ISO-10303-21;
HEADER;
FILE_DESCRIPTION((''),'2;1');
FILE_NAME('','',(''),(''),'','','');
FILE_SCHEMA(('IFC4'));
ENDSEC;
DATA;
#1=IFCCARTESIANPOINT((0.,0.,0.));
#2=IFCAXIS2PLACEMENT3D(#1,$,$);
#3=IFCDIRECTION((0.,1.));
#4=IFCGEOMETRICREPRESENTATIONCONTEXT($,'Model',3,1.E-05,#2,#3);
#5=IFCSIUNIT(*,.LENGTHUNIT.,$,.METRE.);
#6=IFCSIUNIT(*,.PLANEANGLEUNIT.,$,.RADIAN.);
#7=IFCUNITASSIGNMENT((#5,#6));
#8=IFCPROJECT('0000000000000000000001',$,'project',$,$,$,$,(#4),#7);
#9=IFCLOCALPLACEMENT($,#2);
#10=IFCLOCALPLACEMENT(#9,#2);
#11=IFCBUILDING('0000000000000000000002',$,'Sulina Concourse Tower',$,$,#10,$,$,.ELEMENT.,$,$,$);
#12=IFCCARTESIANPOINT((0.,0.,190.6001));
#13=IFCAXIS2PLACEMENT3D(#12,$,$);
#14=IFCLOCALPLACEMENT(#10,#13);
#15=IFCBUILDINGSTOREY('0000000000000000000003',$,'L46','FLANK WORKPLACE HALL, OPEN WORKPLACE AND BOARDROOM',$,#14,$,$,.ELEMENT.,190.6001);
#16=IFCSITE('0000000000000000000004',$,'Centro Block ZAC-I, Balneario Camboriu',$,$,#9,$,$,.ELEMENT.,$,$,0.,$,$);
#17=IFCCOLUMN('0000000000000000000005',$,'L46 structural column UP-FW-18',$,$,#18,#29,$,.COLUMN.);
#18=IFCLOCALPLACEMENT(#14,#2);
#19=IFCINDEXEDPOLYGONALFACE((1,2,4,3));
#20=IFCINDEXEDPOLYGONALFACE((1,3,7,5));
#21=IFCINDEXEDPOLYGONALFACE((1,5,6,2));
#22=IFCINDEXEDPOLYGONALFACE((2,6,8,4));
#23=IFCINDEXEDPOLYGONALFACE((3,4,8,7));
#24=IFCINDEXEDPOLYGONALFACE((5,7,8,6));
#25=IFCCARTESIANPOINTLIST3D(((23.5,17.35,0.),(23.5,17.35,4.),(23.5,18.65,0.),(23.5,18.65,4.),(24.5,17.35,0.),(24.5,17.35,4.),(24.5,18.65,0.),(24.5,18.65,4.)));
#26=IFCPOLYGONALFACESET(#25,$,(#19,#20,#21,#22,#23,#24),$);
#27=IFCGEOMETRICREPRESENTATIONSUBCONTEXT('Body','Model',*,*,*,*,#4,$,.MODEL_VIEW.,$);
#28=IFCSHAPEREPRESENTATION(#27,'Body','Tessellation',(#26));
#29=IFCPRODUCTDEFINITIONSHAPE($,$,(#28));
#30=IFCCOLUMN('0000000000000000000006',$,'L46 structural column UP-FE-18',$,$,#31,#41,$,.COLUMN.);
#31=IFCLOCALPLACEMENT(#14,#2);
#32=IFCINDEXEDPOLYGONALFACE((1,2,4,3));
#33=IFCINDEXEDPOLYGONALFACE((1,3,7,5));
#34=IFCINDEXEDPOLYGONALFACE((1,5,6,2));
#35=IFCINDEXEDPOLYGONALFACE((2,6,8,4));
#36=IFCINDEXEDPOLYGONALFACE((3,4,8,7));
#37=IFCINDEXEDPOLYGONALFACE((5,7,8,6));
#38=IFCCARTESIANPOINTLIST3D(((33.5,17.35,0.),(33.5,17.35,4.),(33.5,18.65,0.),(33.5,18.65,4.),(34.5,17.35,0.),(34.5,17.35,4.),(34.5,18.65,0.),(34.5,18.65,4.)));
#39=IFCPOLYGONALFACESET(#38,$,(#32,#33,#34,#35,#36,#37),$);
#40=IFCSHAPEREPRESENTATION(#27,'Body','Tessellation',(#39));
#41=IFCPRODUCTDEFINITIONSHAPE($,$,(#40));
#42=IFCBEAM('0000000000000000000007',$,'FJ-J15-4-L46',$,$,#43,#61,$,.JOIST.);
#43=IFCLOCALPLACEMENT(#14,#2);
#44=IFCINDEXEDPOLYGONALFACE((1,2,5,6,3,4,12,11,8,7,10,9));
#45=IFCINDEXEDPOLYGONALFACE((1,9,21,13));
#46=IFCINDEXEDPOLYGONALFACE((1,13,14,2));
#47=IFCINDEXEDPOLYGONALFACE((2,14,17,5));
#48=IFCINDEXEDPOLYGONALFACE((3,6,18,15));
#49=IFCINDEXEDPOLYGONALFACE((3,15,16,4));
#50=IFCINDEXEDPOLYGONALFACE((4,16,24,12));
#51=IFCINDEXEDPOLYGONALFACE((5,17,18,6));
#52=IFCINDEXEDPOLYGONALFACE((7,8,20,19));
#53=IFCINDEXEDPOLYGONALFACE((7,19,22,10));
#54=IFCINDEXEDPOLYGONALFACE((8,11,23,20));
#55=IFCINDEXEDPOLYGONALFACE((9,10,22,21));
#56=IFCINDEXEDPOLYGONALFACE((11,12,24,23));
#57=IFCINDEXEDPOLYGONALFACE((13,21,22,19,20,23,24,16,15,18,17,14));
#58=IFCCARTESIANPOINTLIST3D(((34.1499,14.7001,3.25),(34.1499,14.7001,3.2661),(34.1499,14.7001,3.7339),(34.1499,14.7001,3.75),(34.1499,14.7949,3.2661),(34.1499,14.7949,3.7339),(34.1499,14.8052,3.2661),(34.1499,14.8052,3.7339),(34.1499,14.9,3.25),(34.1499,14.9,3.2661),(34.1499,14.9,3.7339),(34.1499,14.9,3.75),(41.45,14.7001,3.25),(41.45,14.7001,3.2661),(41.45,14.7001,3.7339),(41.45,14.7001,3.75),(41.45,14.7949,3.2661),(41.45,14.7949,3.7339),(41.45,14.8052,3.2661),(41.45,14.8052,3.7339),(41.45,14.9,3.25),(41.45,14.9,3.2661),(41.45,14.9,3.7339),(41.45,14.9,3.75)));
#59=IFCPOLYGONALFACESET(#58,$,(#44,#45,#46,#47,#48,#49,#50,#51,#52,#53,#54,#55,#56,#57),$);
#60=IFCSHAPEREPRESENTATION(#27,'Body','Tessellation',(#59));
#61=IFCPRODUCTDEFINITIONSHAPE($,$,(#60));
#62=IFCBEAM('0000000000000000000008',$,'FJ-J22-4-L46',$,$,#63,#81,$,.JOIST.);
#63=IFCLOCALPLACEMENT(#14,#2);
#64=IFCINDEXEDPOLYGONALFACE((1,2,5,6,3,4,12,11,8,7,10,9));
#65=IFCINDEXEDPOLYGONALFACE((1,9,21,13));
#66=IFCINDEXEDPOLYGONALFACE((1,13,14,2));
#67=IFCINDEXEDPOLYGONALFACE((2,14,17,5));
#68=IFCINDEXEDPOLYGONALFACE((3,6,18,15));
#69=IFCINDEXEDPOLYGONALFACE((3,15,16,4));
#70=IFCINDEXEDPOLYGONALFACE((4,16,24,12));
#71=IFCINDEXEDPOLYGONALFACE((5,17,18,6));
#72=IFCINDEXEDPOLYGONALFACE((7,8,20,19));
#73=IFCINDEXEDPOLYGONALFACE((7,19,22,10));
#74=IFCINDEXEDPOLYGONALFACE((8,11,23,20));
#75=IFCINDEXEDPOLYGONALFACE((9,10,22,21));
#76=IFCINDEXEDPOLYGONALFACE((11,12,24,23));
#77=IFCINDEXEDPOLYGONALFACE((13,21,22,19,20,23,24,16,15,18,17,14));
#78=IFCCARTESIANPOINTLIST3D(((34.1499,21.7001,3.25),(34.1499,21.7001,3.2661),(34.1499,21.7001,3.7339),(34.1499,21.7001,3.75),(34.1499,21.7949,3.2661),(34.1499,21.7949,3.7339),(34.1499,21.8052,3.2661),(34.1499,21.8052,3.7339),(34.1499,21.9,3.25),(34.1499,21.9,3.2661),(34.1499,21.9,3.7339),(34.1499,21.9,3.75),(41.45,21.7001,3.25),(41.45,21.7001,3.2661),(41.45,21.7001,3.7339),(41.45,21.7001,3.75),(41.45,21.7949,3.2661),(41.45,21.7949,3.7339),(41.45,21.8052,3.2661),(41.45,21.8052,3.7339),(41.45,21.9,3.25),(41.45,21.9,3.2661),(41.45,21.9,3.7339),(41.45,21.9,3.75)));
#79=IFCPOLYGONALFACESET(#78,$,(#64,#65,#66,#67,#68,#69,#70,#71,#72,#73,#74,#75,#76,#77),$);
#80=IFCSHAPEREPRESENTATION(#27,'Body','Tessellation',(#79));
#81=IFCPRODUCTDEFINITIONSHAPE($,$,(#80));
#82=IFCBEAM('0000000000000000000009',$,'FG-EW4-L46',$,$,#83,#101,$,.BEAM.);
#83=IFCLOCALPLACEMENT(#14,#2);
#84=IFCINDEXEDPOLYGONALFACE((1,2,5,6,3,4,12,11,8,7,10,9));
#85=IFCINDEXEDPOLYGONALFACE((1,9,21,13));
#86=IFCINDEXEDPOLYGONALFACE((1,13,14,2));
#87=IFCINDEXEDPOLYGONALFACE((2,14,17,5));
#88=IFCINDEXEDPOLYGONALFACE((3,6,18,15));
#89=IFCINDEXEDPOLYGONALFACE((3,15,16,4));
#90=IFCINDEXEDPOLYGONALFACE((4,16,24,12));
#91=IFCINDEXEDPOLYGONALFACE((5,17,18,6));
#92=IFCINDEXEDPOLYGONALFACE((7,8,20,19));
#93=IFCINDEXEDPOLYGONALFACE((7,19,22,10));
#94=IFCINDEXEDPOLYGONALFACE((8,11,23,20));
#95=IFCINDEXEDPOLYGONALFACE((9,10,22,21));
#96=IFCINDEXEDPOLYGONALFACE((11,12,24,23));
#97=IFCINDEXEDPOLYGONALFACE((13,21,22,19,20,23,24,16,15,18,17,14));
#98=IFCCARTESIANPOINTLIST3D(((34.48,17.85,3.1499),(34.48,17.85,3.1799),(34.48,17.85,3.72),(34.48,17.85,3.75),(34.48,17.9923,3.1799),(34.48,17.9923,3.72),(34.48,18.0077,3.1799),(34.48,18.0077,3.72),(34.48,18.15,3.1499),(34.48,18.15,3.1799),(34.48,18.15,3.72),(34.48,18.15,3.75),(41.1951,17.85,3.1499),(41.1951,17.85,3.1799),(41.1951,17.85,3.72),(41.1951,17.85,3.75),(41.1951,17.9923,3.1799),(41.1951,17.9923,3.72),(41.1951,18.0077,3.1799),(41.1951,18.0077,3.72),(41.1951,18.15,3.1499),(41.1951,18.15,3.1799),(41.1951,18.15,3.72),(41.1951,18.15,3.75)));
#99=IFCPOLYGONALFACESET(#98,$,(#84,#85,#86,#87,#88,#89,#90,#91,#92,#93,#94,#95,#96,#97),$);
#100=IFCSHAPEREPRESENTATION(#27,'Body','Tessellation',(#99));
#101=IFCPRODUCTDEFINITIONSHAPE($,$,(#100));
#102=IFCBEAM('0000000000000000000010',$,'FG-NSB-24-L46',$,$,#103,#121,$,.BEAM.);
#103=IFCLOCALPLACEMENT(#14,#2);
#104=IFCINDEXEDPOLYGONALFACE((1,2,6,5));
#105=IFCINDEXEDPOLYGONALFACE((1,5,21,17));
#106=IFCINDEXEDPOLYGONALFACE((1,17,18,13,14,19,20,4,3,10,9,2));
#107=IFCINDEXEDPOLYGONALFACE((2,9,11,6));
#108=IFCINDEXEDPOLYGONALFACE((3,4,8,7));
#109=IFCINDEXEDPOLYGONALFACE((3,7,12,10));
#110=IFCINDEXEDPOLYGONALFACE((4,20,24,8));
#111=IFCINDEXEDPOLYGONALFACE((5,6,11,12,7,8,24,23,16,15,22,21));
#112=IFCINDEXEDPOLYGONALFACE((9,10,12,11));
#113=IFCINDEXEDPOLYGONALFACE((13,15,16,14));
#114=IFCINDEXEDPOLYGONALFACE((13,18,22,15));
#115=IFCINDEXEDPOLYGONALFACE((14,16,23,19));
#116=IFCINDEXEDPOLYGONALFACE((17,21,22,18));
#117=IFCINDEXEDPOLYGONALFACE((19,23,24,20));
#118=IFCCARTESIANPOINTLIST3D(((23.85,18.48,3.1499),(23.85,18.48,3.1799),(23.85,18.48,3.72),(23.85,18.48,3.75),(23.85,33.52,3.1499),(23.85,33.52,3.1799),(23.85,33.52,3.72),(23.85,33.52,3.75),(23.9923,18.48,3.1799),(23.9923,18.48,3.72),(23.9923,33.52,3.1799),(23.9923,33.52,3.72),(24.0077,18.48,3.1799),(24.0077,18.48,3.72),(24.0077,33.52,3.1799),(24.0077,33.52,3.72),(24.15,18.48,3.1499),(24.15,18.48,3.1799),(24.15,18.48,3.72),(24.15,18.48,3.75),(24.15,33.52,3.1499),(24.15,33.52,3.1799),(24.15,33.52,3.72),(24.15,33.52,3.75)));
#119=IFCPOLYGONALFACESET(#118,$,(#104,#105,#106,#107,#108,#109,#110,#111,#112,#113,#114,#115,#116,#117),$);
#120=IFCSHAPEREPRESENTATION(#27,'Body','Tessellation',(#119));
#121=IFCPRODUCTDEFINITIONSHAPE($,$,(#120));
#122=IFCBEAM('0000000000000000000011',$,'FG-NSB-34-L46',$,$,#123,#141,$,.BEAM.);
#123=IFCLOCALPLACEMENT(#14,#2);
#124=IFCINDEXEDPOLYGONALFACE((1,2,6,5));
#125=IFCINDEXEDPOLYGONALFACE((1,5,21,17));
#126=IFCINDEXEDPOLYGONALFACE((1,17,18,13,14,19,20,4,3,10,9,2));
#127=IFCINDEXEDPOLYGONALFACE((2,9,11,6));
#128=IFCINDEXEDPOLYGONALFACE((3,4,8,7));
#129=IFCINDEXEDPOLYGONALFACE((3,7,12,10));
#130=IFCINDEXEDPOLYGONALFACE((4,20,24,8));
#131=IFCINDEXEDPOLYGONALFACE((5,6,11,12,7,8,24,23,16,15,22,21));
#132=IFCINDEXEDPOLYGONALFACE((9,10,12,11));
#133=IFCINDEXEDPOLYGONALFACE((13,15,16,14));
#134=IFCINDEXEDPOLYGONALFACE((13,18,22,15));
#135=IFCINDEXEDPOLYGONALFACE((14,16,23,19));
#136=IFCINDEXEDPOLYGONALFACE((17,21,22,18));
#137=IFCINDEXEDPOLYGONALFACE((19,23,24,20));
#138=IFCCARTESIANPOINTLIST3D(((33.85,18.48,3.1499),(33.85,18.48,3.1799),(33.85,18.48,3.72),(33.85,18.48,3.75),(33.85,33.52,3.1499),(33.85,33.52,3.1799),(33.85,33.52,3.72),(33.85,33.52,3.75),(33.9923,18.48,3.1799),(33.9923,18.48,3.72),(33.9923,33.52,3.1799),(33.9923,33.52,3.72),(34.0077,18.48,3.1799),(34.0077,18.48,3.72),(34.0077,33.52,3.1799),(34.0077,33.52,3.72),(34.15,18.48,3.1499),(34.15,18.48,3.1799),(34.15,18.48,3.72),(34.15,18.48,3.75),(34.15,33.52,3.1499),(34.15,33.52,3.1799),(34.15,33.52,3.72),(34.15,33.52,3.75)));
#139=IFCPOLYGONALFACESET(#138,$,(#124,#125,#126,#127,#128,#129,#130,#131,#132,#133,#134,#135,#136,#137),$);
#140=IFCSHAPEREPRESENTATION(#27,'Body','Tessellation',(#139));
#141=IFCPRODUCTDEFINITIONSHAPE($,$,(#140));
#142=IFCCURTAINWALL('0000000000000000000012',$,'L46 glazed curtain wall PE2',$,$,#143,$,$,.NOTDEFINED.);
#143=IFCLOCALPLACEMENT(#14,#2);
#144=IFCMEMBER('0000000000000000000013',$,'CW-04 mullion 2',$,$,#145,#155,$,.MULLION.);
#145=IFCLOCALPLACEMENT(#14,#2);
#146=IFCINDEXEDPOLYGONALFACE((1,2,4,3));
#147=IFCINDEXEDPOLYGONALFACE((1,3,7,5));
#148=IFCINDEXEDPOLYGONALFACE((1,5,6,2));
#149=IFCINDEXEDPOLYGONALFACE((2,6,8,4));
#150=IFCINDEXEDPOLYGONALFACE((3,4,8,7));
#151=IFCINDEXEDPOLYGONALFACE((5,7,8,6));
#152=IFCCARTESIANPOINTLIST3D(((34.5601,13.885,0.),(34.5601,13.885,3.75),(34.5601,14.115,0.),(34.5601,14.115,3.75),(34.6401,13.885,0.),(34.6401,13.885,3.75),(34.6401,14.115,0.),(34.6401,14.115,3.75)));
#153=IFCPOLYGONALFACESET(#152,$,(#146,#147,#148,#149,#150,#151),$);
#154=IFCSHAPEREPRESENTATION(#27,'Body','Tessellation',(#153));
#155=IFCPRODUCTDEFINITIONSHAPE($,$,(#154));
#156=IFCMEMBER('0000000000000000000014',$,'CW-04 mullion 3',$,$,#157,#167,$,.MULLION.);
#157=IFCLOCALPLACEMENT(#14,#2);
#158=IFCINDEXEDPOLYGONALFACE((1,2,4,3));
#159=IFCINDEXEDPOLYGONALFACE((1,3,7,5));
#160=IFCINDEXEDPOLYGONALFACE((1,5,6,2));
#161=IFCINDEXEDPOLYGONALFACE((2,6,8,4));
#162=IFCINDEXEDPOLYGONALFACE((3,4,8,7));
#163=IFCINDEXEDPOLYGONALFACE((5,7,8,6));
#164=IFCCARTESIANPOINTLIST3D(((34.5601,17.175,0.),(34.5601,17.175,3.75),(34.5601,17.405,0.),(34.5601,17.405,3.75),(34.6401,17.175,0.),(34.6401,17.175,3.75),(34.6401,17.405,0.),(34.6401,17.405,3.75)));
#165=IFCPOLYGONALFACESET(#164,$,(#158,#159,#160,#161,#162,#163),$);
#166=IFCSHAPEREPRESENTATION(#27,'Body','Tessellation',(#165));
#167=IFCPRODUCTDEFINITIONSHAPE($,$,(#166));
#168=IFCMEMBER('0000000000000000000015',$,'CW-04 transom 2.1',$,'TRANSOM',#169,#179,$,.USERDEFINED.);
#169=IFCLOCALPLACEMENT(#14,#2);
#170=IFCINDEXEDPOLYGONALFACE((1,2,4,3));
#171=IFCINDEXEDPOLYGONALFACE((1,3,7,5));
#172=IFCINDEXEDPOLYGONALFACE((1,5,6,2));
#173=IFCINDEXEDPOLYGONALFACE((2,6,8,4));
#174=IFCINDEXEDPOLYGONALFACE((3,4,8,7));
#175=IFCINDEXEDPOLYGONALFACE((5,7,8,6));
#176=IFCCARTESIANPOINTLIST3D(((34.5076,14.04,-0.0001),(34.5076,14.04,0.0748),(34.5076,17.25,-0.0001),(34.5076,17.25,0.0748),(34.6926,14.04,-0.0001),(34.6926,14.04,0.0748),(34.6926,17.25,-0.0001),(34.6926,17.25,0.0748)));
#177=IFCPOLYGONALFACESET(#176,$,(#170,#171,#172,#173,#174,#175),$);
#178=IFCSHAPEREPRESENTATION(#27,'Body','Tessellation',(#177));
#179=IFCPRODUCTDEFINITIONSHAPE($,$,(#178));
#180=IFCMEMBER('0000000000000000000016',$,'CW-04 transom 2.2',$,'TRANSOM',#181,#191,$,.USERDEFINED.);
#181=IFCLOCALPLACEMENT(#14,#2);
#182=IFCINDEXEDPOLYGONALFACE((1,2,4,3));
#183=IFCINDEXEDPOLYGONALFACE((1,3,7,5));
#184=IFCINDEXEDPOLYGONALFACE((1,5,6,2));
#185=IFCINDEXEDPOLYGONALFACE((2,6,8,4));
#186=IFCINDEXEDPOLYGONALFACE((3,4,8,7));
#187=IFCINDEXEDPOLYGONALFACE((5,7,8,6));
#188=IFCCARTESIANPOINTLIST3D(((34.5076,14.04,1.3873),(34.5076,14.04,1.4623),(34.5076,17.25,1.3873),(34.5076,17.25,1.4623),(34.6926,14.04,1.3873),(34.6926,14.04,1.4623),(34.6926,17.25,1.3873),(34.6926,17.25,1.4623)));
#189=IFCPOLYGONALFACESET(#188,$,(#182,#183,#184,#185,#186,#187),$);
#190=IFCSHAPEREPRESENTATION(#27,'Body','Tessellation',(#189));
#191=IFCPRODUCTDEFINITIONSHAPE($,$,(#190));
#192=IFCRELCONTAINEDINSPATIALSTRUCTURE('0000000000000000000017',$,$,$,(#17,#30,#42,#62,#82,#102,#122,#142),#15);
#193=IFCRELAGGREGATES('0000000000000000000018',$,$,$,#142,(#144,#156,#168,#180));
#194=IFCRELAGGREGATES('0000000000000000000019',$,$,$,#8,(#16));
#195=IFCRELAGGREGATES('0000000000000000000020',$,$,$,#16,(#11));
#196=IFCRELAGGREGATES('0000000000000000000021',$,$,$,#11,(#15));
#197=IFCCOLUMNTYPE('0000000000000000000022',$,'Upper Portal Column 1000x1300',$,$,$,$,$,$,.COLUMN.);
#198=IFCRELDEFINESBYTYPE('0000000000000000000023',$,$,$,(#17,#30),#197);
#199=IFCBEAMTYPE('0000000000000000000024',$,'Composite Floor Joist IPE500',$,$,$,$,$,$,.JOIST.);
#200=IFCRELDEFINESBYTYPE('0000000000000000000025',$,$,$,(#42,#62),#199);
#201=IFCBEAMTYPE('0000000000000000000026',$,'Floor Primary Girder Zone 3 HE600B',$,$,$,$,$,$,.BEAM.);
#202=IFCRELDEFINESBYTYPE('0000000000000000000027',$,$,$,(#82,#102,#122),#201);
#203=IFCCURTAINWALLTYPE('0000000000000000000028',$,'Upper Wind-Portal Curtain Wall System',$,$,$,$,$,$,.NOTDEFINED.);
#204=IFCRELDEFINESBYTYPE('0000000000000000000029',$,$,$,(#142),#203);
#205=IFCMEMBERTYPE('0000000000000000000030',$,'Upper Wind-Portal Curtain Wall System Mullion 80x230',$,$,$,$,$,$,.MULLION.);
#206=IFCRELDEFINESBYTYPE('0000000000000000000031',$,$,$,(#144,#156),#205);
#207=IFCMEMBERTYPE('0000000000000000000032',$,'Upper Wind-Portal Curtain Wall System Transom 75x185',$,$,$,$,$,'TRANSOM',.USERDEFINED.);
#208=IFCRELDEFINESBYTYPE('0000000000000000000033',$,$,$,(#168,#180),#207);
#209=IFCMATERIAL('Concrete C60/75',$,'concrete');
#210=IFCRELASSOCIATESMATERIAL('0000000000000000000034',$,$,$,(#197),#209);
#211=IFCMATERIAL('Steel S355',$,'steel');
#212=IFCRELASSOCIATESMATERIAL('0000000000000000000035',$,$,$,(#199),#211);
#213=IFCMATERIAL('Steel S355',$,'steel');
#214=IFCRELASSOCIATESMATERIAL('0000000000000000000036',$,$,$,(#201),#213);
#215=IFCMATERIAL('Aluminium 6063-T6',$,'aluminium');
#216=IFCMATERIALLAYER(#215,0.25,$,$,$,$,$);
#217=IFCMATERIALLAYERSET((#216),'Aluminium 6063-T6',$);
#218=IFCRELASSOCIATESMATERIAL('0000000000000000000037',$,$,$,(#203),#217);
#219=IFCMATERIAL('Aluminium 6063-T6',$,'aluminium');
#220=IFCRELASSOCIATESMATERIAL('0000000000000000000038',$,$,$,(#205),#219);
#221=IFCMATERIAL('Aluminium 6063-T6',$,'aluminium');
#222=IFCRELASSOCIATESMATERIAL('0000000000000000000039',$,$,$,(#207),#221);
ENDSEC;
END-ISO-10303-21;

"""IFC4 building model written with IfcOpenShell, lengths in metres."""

from ifc_helpers import new_model, si_unit, direction, frame, origin, origin_2d, place, context, subcontext, project, spatial, rectangle, i_section, extrude, material, layer, layer_set, material_profile, profile_set, type_object, element, aggregate, save


model = new_model("IFC4")

# Units and contexts
model_context = context("Model", 3, precision=1e-05, world=origin(), true_north=direction((0.0, 1.0)))
body_context = subcontext(model_context, "Body", "Model", "MODEL_VIEW")
ifc_project = project(units=[si_unit("LENGTHUNIT", "METRE"), si_unit("PLANEANGLEUNIT", "RADIAN")], contexts=[model_context])

# Site, building, storey
site_placement = place(None, origin())
site = spatial("IfcSite", under=ifc_project, at=site_placement, Name="Centro Block ZAC-I, Balneario Camboriu", CompositionType="ELEMENT", RefElevation=0.0)
building_placement = place(site_placement, origin())
building = spatial("IfcBuilding", under=site, at=building_placement, Name="Sulina Concourse Tower", CompositionType="ELEMENT")
storey_placement = place(building_placement, frame((0.0, 0.0, 190.6001)))
storey = spatial("IfcBuildingStorey", under=building, at=storey_placement, Name="L46", Description="FLANK WORKPLACE HALL, OPEN WORKPLACE AND BOARDROOM", CompositionType="ELEMENT", Elevation=190.6001)

# Columns
ifc_material_1 = material(Name="Concrete C60/75", Category="concrete")
ifc_material_profile_1 = material_profile(ifc_material_1, rectangle(XDim=1.0, YDim=1.3, at=origin_2d()), Name="RC 1000x1300")
ifc_profile_set_1 = profile_set([ifc_material_profile_1], Name="Concrete C60/75")
column_type = type_object("IfcColumnType", Name="Upper Portal Column 1000x1300", PredefinedType="COLUMN", material=ifc_profile_set_1)
for number, where, z_axis, x_axis, name in (
    (1, (24.0, 18.0, 0.0), (0.0, 0.0, 1.0), (1.0, 0.0, 0.0), "L46 structural column UP-FW-18"),
    (2, (34.0, 18.0, 0.0), (0.0, 0.0, 1.0), (1.0, 0.0, 0.0), "L46 structural column UP-FE-18"),
):
    element("IfcColumn", number, at=place(storey_placement, frame(where, z_axis=z_axis, x_axis=x_axis)), inside=storey, type_object=column_type, Name=name, PredefinedType="COLUMN", context=body_context, shape_type="SweptSolid", body=[
        extrude(rectangle(XDim=1.0, YDim=1.3, at=origin_2d()), origin(), (0.0, 0.0, 1.0), 4.0),
    ])

# Beams
ifc_material_2 = material(Name="Steel S355", Category="steel")
ifc_material_profile_2 = material_profile(ifc_material_2, i_section(OverallWidth=0.2, OverallDepth=0.5, WebThickness=0.0103, FlangeThickness=0.0161, at=origin_2d()), Name="IPE 500")
ifc_profile_set_2 = profile_set([ifc_material_profile_2], Name="Steel S355")
beam_type_1 = type_object("IfcBeamType", Name="Composite Floor Joist IPE500", PredefinedType="JOIST", material=ifc_profile_set_2)
for number, where, z_axis, x_axis, name in (
    (3, (34.1499, 14.8, 3.5), (1.0, 0.0, 0.0), (0.0, 1.0, 0.0), "FJ-J15-4-L46"),
    (4, (34.1499, 21.8, 3.5), (1.0, 0.0, 0.0), (0.0, 1.0, 0.0), "FJ-J22-4-L46"),
):
    element("IfcBeam", number, at=place(storey_placement, frame(where, z_axis=z_axis, x_axis=x_axis)), inside=storey, type_object=beam_type_1, Name=name, PredefinedType="JOIST", context=body_context, shape_type="SweptSolid", body=[
        extrude(i_section(OverallWidth=0.2, OverallDepth=0.5, WebThickness=0.0103, FlangeThickness=0.0161, at=origin_2d()), origin(), (0.0, 0.0, 1.0), 7.3),
    ])
ifc_material_3 = material(Name="Steel S355", Category="steel")
ifc_material_profile_3 = material_profile(ifc_material_3, i_section(OverallWidth=0.3, OverallDepth=0.6001, WebThickness=0.0154, FlangeThickness=0.03, at=origin_2d()), Name="HE 600 B")
ifc_profile_set_3 = profile_set([ifc_material_profile_3], Name="Steel S355")
beam_type_2 = type_object("IfcBeamType", Name="Floor Primary Girder Zone 3 HE600B", PredefinedType="BEAM", material=ifc_profile_set_3)
beam_placement = place(storey_placement, frame((34.48, 18.0, 3.45), z_axis=(1.0, 0.0, 0.0), x_axis=(0.0, 1.0, 0.0)))
element("IfcBeam", 5, at=beam_placement, inside=storey, type_object=beam_type_2, Name="FG-EW4-L46", PredefinedType="BEAM", context=body_context, shape_type="SweptSolid", body=[
    extrude(i_section(OverallWidth=0.3, OverallDepth=0.6001, WebThickness=0.0154, FlangeThickness=0.03, at=origin_2d()), origin(), (0.0, 0.0, 1.0), 6.7151),
])
for number, where, z_axis, x_axis, name in (
    (6, (24.0, 18.48, 3.45), (0.0, 1.0, 0.0), (-1.0, 0.0, 0.0), "FG-NSB-24-L46"),
    (7, (34.0, 18.48, 3.45), (0.0, 1.0, 0.0), (-1.0, 0.0, 0.0), "FG-NSB-34-L46"),
):
    element("IfcBeam", number, at=place(storey_placement, frame(where, z_axis=z_axis, x_axis=x_axis)), inside=storey, type_object=beam_type_2, Name=name, PredefinedType="BEAM", context=body_context, shape_type="SweptSolid", body=[
        extrude(i_section(OverallWidth=0.3, OverallDepth=0.6001, WebThickness=0.0154, FlangeThickness=0.03, at=origin_2d()), origin(), (0.0, 0.0, 1.0), 15.04),
    ])

# Curtain wall, members
ifc_material_4 = material(Name="Aluminium 6063-T6", Category="aluminium")
ifc_layer_1 = layer(ifc_material_4, 0.25)
ifc_layer_set_1 = layer_set([ifc_layer_1], Name="Aluminium 6063-T6")
curtain_wall_type = type_object("IfcCurtainWallType", Name="Upper Wind-Portal Curtain Wall System", PredefinedType="NOTDEFINED", material=ifc_layer_set_1)
curtain_wall_placement = place(storey_placement, origin())
curtain_wall = element("IfcCurtainWall", 8, at=curtain_wall_placement, inside=storey, type_object=curtain_wall_type, Name="L46 glazed curtain wall PE2", PredefinedType="NOTDEFINED")
ifc_material_5 = material(Name="Aluminium 6063-T6", Category="aluminium")
ifc_material_profile_4 = material_profile(ifc_material_5, rectangle(XDim=0.0801, YDim=0.23, at=origin_2d()), Name="MUL 80x230")
ifc_profile_set_4 = profile_set([ifc_material_profile_4], Name="Aluminium 6063-T6")
member_type_1 = type_object("IfcMemberType", Name="Upper Wind-Portal Curtain Wall System Mullion 80x230", PredefinedType="MULLION", material=ifc_profile_set_4)
member_1_placement = place(storey_placement, frame((34.6001, 14.0, 0.0), z_axis=(0.0, 0.0, 1.0), x_axis=(-1.0, 0.0, 0.0)))
member_1 = element("IfcMember", 9, at=member_1_placement, type_object=member_type_1, Name="CW-04 mullion 2", PredefinedType="MULLION", context=body_context, shape_type="SweptSolid", body=[
    extrude(rectangle(XDim=0.0801, YDim=0.23, at=origin_2d()), origin(), (0.0, 0.0, 1.0), 3.75),
])
member_2_placement = place(storey_placement, frame((34.6001, 17.29, 0.0), z_axis=(0.0, 0.0, 1.0), x_axis=(-1.0, 0.0, 0.0)))
member_2 = element("IfcMember", 10, at=member_2_placement, type_object=member_type_1, Name="CW-04 mullion 3", PredefinedType="MULLION", context=body_context, shape_type="SweptSolid", body=[
    extrude(rectangle(XDim=0.0801, YDim=0.23, at=origin_2d()), origin(), (0.0, 0.0, 1.0), 3.75),
])
ifc_material_6 = material(Name="Aluminium 6063-T6", Category="aluminium")
ifc_material_profile_5 = material_profile(ifc_material_6, rectangle(XDim=0.1851, YDim=0.075, at=origin_2d()), Name="TRN 75x185")
ifc_profile_set_5 = profile_set([ifc_material_profile_5], Name="Aluminium 6063-T6")
member_type_2 = type_object("IfcMemberType", Name="Upper Wind-Portal Curtain Wall System Transom 75x185", ElementType="TRANSOM", PredefinedType="USERDEFINED", material=ifc_profile_set_5)
member_3_placement = place(storey_placement, frame((34.6001, 14.04, 0.0374), z_axis=(0.0, 1.0, 0.0), x_axis=(-1.0, 0.0, 0.0)))
member_3 = element("IfcMember", 11, at=member_3_placement, type_object=member_type_2, Name="CW-04 transom 2.1", ObjectType="TRANSOM", PredefinedType="USERDEFINED", context=body_context, shape_type="SweptSolid", body=[
    extrude(rectangle(XDim=0.1851, YDim=0.075, at=origin_2d()), origin(), (0.0, 0.0, 1.0), 3.21),
])
member_4_placement = place(storey_placement, frame((34.6001, 14.04, 1.4248), z_axis=(0.0, 1.0, 0.0), x_axis=(-1.0, 0.0, 0.0)))
member_4 = element("IfcMember", 12, at=member_4_placement, type_object=member_type_2, Name="CW-04 transom 2.2", ObjectType="TRANSOM", PredefinedType="USERDEFINED", context=body_context, shape_type="SweptSolid", body=[
    extrude(rectangle(XDim=0.1851, YDim=0.075, at=origin_2d()), origin(), (0.0, 0.0, 1.0), 3.21),
])
aggregate(curtain_wall, [member_1, member_2, member_3, member_4])

save(model, "model.ifc")
